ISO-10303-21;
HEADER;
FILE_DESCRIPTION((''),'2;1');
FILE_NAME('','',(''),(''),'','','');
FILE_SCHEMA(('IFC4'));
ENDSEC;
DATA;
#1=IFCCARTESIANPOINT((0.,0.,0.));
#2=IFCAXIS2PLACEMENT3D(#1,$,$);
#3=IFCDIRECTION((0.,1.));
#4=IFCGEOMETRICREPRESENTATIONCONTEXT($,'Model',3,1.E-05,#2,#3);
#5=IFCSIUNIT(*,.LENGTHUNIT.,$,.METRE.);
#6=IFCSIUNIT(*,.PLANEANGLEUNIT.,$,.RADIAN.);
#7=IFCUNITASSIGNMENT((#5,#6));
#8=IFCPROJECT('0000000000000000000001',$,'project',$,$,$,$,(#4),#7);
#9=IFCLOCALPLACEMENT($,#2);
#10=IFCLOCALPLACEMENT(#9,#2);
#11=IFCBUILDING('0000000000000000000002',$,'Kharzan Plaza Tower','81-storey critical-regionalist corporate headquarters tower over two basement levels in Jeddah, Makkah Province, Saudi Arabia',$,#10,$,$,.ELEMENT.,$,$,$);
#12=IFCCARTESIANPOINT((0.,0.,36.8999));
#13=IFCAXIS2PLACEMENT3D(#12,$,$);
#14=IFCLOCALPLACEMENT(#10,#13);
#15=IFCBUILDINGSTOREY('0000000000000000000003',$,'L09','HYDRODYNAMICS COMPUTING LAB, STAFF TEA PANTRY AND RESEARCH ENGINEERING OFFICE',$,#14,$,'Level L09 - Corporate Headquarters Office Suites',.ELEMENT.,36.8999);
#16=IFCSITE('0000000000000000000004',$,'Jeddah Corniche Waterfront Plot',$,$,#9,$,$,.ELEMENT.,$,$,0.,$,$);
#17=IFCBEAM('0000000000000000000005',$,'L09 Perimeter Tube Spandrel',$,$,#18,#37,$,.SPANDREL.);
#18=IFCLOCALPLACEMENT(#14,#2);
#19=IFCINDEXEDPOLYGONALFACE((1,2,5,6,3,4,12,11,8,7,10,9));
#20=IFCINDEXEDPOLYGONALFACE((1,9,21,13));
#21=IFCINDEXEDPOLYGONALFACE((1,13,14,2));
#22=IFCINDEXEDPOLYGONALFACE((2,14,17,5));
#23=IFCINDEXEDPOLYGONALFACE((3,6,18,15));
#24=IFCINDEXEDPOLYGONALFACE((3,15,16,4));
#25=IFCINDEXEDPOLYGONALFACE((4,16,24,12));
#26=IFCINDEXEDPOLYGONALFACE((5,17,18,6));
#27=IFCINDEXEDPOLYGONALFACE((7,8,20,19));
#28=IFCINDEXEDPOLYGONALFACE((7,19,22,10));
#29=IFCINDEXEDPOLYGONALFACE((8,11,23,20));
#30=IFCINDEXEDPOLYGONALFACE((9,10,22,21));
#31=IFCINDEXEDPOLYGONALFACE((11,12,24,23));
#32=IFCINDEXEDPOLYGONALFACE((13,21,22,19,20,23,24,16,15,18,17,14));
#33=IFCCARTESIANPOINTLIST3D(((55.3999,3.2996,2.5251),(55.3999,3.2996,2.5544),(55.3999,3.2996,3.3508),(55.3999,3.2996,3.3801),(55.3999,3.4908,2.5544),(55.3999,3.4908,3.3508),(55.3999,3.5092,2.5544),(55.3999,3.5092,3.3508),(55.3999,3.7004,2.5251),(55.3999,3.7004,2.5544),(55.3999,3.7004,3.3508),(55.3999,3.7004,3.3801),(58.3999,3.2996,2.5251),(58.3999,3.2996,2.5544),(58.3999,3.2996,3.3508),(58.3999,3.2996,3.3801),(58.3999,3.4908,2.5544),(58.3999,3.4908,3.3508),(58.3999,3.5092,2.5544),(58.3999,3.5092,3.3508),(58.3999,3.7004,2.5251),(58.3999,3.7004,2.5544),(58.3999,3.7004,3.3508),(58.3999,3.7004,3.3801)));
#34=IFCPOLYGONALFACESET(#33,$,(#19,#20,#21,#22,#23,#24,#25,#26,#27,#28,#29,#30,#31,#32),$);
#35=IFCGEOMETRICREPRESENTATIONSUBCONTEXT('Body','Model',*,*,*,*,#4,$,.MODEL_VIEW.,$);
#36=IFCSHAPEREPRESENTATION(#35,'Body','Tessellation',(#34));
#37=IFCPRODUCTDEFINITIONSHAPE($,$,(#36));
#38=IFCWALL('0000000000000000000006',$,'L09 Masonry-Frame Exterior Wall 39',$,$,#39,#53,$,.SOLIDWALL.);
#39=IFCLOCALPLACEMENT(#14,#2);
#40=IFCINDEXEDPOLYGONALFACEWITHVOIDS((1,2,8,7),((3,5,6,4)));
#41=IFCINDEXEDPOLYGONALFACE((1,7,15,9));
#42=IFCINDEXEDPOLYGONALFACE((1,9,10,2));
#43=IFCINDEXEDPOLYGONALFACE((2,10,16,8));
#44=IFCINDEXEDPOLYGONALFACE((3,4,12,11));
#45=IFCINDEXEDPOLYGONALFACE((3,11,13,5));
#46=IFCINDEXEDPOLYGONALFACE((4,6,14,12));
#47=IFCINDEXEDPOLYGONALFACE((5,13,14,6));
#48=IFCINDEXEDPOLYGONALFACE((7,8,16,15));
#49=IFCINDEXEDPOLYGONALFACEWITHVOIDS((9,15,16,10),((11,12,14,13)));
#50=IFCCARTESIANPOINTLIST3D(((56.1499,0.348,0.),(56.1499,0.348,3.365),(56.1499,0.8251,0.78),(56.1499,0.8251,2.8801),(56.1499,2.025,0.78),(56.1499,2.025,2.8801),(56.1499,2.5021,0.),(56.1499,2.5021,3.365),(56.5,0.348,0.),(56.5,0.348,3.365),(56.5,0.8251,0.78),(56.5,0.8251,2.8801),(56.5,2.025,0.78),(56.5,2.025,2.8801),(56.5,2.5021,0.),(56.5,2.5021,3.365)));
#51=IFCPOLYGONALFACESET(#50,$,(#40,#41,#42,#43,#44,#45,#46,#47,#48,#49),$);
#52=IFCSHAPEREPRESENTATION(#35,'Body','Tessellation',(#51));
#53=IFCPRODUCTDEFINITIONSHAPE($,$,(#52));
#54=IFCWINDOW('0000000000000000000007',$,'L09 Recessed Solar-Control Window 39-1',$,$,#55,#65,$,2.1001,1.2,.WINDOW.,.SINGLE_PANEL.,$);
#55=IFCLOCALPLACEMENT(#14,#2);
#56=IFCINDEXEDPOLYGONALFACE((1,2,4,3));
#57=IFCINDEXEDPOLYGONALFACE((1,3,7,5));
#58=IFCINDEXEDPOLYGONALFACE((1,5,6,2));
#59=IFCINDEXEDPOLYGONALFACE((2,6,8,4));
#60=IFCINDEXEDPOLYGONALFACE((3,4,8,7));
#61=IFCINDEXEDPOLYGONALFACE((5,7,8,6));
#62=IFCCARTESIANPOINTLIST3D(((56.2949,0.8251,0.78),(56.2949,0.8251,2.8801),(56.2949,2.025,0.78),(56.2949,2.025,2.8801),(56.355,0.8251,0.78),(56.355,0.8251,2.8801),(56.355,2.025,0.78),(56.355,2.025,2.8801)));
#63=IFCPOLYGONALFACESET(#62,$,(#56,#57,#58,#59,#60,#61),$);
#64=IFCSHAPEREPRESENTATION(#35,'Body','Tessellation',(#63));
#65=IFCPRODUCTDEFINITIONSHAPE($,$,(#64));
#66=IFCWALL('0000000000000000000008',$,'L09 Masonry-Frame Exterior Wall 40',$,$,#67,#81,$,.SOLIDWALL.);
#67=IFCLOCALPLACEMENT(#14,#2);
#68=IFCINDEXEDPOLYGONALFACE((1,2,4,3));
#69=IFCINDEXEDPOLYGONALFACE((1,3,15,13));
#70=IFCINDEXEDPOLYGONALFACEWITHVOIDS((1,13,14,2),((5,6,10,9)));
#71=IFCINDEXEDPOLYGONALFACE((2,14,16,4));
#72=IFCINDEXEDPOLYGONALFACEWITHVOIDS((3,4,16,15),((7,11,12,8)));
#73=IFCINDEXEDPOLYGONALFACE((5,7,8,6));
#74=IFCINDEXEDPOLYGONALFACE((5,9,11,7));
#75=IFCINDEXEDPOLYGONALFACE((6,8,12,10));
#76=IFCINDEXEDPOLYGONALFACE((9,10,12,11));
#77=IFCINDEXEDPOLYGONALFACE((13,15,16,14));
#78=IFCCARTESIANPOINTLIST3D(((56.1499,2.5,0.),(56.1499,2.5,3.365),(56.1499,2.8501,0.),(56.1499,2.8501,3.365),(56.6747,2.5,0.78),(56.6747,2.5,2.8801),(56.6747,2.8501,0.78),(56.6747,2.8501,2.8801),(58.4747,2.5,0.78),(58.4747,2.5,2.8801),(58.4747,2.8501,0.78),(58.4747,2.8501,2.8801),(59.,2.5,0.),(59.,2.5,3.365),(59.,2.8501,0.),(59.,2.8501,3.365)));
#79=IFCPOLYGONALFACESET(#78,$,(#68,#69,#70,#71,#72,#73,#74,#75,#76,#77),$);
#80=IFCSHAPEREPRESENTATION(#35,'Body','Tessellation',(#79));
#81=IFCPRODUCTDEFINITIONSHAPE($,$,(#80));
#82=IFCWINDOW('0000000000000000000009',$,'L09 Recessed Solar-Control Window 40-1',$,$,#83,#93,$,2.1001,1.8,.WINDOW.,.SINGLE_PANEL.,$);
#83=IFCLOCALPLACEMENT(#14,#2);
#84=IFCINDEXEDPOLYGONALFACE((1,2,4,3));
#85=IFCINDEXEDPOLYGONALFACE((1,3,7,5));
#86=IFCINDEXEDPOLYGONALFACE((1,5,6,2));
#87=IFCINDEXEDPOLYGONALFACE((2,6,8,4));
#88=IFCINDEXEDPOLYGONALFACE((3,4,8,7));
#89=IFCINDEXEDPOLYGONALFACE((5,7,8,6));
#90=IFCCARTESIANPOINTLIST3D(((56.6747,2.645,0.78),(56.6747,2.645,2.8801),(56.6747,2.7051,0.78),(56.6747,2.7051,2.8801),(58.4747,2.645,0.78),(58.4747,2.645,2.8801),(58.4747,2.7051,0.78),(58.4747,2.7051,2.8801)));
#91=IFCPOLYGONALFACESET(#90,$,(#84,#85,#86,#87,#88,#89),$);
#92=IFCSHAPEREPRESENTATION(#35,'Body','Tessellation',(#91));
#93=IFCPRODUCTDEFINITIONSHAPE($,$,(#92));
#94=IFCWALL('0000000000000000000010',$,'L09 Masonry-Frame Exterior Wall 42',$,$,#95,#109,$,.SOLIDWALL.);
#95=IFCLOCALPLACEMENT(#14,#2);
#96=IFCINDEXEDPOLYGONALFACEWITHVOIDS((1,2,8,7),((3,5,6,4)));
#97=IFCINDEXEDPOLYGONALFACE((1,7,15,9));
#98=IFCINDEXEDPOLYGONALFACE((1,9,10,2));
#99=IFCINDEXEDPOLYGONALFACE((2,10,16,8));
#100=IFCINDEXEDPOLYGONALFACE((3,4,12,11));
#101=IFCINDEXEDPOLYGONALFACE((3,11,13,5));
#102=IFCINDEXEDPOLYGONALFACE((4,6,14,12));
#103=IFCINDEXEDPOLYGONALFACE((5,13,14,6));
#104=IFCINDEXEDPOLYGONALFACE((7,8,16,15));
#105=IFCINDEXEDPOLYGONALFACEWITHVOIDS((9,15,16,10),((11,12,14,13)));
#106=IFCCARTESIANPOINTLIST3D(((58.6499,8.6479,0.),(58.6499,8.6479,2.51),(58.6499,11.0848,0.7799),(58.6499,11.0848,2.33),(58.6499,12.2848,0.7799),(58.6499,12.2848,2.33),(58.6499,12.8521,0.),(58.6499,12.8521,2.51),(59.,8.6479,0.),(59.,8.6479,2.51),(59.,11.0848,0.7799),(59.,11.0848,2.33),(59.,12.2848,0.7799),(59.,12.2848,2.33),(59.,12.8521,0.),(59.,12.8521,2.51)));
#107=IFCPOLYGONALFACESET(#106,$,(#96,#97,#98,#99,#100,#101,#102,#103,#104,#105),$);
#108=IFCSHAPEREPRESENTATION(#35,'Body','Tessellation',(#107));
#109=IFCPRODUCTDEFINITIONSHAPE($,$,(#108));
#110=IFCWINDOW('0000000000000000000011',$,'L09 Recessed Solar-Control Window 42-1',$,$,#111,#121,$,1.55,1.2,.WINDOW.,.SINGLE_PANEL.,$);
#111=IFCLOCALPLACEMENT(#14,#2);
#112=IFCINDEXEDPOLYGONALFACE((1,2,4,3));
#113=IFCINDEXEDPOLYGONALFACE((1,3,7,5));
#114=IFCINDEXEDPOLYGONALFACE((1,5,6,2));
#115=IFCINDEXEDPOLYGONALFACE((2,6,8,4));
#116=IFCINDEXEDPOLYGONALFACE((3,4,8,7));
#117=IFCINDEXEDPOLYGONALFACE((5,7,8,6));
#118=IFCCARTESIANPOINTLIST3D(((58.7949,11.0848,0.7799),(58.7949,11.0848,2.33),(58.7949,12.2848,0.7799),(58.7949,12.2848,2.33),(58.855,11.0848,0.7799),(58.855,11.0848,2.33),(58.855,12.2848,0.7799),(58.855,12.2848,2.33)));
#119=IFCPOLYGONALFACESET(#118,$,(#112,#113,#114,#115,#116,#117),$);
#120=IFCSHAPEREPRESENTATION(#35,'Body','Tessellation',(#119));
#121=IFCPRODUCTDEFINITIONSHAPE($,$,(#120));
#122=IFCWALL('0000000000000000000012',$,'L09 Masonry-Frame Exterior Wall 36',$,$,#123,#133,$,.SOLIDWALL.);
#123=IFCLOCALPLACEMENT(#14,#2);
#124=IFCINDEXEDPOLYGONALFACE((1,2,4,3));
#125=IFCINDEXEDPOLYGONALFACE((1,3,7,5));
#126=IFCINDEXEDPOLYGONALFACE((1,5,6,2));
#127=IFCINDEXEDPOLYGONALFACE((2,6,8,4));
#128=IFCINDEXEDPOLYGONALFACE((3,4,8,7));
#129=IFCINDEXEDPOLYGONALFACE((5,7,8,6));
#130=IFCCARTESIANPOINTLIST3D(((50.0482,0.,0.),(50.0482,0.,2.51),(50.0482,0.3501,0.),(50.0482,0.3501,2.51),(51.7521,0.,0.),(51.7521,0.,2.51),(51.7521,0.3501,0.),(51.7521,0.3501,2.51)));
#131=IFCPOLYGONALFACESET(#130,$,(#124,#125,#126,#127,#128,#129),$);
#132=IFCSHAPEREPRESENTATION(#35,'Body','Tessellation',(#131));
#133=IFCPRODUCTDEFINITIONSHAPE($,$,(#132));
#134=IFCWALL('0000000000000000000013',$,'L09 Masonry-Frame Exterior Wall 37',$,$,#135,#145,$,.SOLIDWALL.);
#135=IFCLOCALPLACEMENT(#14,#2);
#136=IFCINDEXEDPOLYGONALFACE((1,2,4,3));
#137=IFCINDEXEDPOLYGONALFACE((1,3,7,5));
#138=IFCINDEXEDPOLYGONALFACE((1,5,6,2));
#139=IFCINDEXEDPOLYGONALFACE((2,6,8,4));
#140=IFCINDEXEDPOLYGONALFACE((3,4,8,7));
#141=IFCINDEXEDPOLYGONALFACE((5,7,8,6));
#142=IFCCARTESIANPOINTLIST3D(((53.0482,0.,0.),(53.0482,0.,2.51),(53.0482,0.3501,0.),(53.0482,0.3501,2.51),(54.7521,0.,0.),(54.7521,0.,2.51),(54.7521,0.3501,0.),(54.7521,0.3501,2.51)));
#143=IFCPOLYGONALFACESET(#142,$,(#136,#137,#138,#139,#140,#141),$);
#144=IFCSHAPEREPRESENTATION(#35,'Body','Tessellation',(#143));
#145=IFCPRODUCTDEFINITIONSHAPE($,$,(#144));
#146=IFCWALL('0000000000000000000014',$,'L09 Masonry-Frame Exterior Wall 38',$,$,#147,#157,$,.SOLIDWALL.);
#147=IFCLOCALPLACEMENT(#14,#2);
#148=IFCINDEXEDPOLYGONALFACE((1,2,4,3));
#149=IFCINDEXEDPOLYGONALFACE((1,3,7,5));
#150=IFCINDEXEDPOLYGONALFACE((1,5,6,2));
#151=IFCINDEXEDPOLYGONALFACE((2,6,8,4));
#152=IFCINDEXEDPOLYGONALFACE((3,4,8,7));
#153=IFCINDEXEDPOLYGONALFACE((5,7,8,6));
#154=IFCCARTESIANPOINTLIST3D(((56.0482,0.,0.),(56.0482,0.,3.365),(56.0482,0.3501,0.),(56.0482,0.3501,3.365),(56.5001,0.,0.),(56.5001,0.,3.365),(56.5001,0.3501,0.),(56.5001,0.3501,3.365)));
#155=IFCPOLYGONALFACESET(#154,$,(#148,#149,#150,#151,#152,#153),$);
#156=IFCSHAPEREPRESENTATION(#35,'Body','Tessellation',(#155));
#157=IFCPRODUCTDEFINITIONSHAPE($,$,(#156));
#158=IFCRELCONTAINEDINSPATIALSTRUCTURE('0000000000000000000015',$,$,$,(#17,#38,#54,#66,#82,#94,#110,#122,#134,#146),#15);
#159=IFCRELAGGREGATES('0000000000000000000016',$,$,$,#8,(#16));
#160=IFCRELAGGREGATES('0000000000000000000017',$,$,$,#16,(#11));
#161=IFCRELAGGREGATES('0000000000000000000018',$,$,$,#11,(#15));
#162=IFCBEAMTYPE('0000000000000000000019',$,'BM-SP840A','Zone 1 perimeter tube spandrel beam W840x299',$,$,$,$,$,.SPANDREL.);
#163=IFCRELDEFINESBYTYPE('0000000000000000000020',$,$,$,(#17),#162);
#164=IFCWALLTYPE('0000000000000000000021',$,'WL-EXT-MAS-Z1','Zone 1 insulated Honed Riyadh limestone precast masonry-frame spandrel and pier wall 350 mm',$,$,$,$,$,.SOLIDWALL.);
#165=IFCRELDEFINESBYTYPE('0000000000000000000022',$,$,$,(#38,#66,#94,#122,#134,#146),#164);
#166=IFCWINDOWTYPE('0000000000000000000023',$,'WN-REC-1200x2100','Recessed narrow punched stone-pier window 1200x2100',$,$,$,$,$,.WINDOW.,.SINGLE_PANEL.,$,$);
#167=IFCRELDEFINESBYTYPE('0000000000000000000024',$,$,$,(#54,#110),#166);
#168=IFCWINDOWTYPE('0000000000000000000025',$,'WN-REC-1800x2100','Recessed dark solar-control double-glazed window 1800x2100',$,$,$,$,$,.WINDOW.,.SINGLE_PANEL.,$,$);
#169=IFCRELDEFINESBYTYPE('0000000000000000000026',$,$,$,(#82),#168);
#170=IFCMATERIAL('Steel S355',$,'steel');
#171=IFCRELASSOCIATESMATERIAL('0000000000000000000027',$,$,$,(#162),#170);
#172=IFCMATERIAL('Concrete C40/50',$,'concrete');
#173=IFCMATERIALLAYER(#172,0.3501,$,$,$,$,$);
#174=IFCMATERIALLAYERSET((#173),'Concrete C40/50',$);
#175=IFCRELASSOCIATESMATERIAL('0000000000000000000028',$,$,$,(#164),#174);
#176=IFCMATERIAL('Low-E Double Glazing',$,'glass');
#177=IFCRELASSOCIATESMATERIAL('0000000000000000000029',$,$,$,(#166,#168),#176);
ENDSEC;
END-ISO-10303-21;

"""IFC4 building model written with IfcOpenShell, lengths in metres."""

from ifc_helpers import new_model, si_unit, direction, frame, frame_2d, origin, origin_2d, place, context, subcontext, project, spatial, rectangle, i_section, extrude, source, transform, mapped, material, layer, layer_set, material_profile, profile_set, type_object, element, fill, save


model = new_model("IFC4")

# Units and contexts
model_context = context("Model", 3, precision=1e-05, world=origin(), true_north=direction((0.0, 1.0)))
body_context = subcontext(model_context, "Body", "Model", "MODEL_VIEW")
ifc_project = project(units=[si_unit("LENGTHUNIT", "METRE"), si_unit("PLANEANGLEUNIT", "RADIAN")], contexts=[model_context])

# Site, building, storey
site_placement = place(None, origin())
site = spatial("IfcSite", under=ifc_project, at=site_placement, Name="Jeddah Corniche Waterfront Plot", CompositionType="ELEMENT", RefElevation=0.0)
building_placement = place(site_placement, origin())
building = spatial("IfcBuilding", under=site, at=building_placement, Name="Kharzan Plaza Tower", Description="81-storey critical-regionalist corporate headquarters tower over two basement levels in Jeddah, Makkah Province, Saudi Arabia", CompositionType="ELEMENT")
storey_placement = place(building_placement, frame((0.0, 0.0, 36.8999)))
storey = spatial("IfcBuildingStorey", under=building, at=storey_placement, Name="L09", Description="HYDRODYNAMICS COMPUTING LAB, STAFF TEA PANTRY AND RESEARCH ENGINEERING OFFICE", LongName="Level L09 - Corporate Headquarters Office Suites", CompositionType="ELEMENT", Elevation=36.8999)

# Beam
ifc_material_1 = material(Name="Steel S355", Category="steel")
ifc_material_profile_1 = material_profile(ifc_material_1, i_section(OverallWidth=0.4009, OverallDepth=0.855, WebThickness=0.0183, FlangeThickness=0.0293, at=origin_2d()), Name="W840x299")
ifc_profile_set_1 = profile_set([ifc_material_profile_1], Name="Steel S355")
beam_type_1 = type_object("IfcBeamType", Name="BM-SP840A", Description="Zone 1 perimeter tube spandrel beam W840x299", PredefinedType="SPANDREL", material=ifc_profile_set_1)
shared_shape_1 = source(origin(), body_context, "Body", "SweptSolid", [
    extrude(i_section(OverallWidth=0.4009, OverallDepth=0.855, WebThickness=0.0183, FlangeThickness=0.0293, at=origin_2d()), origin(), (0.0, 0.0, 1.0), 3.0),
])
for number, where, z_axis, x_axis, name in (
    (1, (55.3999, 3.5, 2.9526), (1.0, 0.0, 0.0), (0.0, 1.0, 0.0), "L09 Perimeter Tube Spandrel"),
):
    element("IfcBeam", number, at=place(storey_placement, frame(where, z_axis=z_axis, x_axis=x_axis)), inside=storey, type_object=beam_type_1, Name=name, PredefinedType="SPANDREL", context=body_context, shape_type="MappedRepresentation", body=[
        mapped(shared_shape_1, transform((0.0, 0.0, 0.0), x_axis=(1.0, 0.0, 0.0), y_axis=(0.0, 1.0, 0.0), z_axis=(0.0, 0.0, 1.0))),
    ])

# Walls, openings, windows
ifc_material_2 = material(Name="Concrete C40/50", Category="concrete")
ifc_layer = layer(ifc_material_2, 0.3501)
ifc_layer_set = layer_set([ifc_layer], Name="Concrete C40/50")
wall_type = type_object("IfcWallType", Name="WL-EXT-MAS-Z1", Description="Zone 1 insulated Honed Riyadh limestone precast masonry-frame spandrel and pier wall 350 mm", PredefinedType="SOLIDWALL", material=ifc_layer_set)
wall_1_placement = place(storey_placement, frame((56.325, 0.3479, 0.0), z_axis=(0.0, 0.0, 1.0), x_axis=(0.0, 1.0, 0.0)))
wall_1 = element("IfcWall", 2, at=wall_1_placement, inside=storey, type_object=wall_type, Name="L09 Masonry-Frame Exterior Wall 39", PredefinedType="SOLIDWALL", context=body_context, shape_type="SweptSolid", body=[
    extrude(rectangle(XDim=2.1541, YDim=0.3501, at=frame_2d((1.0771, 0.0))), origin(), (0.0, 0.0, 1.0), 3.365),
])
opening_1_placement = place(wall_1_placement, frame((0.4771, 0.0, 0.78)))
opening_1 = element("IfcOpeningElement", 3, at=opening_1_placement, cuts=wall_1, PredefinedType="OPENING", context=body_context, shape_type="SweptSolid", body=[
    extrude(rectangle(XDim=1.2, YDim=2.1001, at=frame_2d((0.6001, 1.05))), frame((0.0, 0.1851, 0.0), z_axis=(0.0, -1.0, 0.0), x_axis=(1.0, 0.0, 0.0)), (0.0, 0.0, 1.0), 0.3701),
])
ifc_material_3 = material(Name="Low-E Double Glazing", Category="glass")
window_type_1 = type_object("IfcWindowType", Name="WN-REC-1200x2100", Description="Recessed narrow punched stone-pier window 1200x2100", PartitioningType="SINGLE_PANEL", PredefinedType="WINDOW", material=ifc_material_3)
shared_shape_2 = source(origin(), body_context, "Body", "SweptSolid", [
    extrude(rectangle(XDim=1.2, YDim=2.1001, at=frame_2d((0.6001, 1.05))), frame((0.0, 0.03, 0.0), z_axis=(0.0, -1.0, 0.0), x_axis=(1.0, 0.0, 0.0)), (0.0, 0.0, 1.0), 0.0601),
])
window_1_placement = place(opening_1_placement, origin())
window_1 = element("IfcWindow", 4, at=window_1_placement, inside=storey, type_object=window_type_1, Name="L09 Recessed Solar-Control Window 39-1", OverallHeight=2.1001, OverallWidth=1.2, PartitioningType="SINGLE_PANEL", PredefinedType="WINDOW", context=body_context, shape_type="MappedRepresentation", body=[
    mapped(shared_shape_2, transform((0.0, 0.0, 0.0), x_axis=(1.0, 0.0, 0.0), y_axis=(0.0, 1.0, 0.0), z_axis=(0.0, 0.0, 1.0))),
])
fill(opening_1, window_1)
wall_2_placement = place(storey_placement, frame((56.1499, 2.675, 0.0), z_axis=(0.0, 0.0, 1.0), x_axis=(1.0, 0.0, 0.0)))
wall_2 = element("IfcWall", 5, at=wall_2_placement, inside=storey, type_object=wall_type, Name="L09 Masonry-Frame Exterior Wall 40", PredefinedType="SOLIDWALL", context=body_context, shape_type="SweptSolid", body=[
    extrude(rectangle(XDim=2.8501, YDim=0.3501, at=frame_2d((1.425, 0.0))), origin(), (0.0, 0.0, 1.0), 3.365),
])
opening_2_placement = place(wall_2_placement, frame((0.5249, 0.0, 0.78)))
opening_2 = element("IfcOpeningElement", 6, at=opening_2_placement, cuts=wall_2, PredefinedType="OPENING", context=body_context, shape_type="SweptSolid", body=[
    extrude(rectangle(XDim=1.8, YDim=2.1001, at=frame_2d((0.8999, 1.05))), frame((0.0, 0.1851, 0.0), z_axis=(0.0, -1.0, 0.0), x_axis=(1.0, 0.0, 0.0)), (0.0, 0.0, 1.0), 0.3701),
])
window_type_2 = type_object("IfcWindowType", Name="WN-REC-1800x2100", Description="Recessed dark solar-control double-glazed window 1800x2100", PartitioningType="SINGLE_PANEL", PredefinedType="WINDOW", material=ifc_material_3)
shared_shape_3 = source(origin(), body_context, "Body", "SweptSolid", [
    extrude(rectangle(XDim=1.8, YDim=2.1001, at=frame_2d((0.8999, 1.05))), frame((0.0, 0.03, 0.0), z_axis=(0.0, -1.0, 0.0), x_axis=(1.0, 0.0, 0.0)), (0.0, 0.0, 1.0), 0.0601),
])
window_2_placement = place(opening_2_placement, origin())
window_2 = element("IfcWindow", 7, at=window_2_placement, inside=storey, type_object=window_type_2, Name="L09 Recessed Solar-Control Window 40-1", OverallHeight=2.1001, OverallWidth=1.8, PartitioningType="SINGLE_PANEL", PredefinedType="WINDOW", context=body_context, shape_type="MappedRepresentation", body=[
    mapped(shared_shape_3, transform((0.0, 0.0, 0.0), x_axis=(1.0, 0.0, 0.0), y_axis=(0.0, 1.0, 0.0), z_axis=(0.0, 0.0, 1.0))),
])
fill(opening_2, window_2)
wall_3_placement = place(storey_placement, frame((58.825, 8.6479, 0.0), z_axis=(0.0, 0.0, 1.0), x_axis=(0.0, 1.0, 0.0)))
wall_3 = element("IfcWall", 8, at=wall_3_placement, inside=storey, type_object=wall_type, Name="L09 Masonry-Frame Exterior Wall 42", PredefinedType="SOLIDWALL", context=body_context, shape_type="SweptSolid", body=[
    extrude(rectangle(XDim=4.2041, YDim=0.3501, at=frame_2d((2.1021, 0.0))), origin(), (0.0, 0.0, 1.0), 2.51),
])
opening_3_placement = place(wall_3_placement, frame((2.4368, 0.0, 0.78)))
opening_3 = element("IfcOpeningElement", 9, at=opening_3_placement, cuts=wall_3, PredefinedType="OPENING", context=body_context, shape_type="SweptSolid", body=[
    extrude(rectangle(XDim=1.2, YDim=1.55, at=frame_2d((0.6001, 0.7749))), frame((0.0, 0.1851, 0.0), z_axis=(0.0, -1.0, 0.0), x_axis=(1.0, 0.0, 0.0)), (0.0, 0.0, 1.0), 0.3701),
])
shared_shape_4 = source(origin(), body_context, "Body", "SweptSolid", [
    extrude(rectangle(XDim=1.2, YDim=1.55, at=frame_2d((0.6001, 0.7749))), frame((0.0, 0.03, 0.0), z_axis=(0.0, -1.0, 0.0), x_axis=(1.0, 0.0, 0.0)), (0.0, 0.0, 1.0), 0.0601),
])
window_3_placement = place(opening_3_placement, origin())
window_3 = element("IfcWindow", 10, at=window_3_placement, inside=storey, type_object=window_type_1, Name="L09 Recessed Solar-Control Window 42-1", OverallHeight=1.55, OverallWidth=1.2, PartitioningType="SINGLE_PANEL", PredefinedType="WINDOW", context=body_context, shape_type="MappedRepresentation", body=[
    mapped(shared_shape_4, transform((0.0, 0.0, 0.0), x_axis=(1.0, 0.0, 0.0), y_axis=(0.0, 1.0, 0.0), z_axis=(0.0, 0.0, 1.0))),
])
fill(opening_3, window_3)

# Walls
shared_shape_5 = source(origin(), body_context, "Body", "SweptSolid", [
    extrude(rectangle(XDim=1.7039, YDim=0.3501, at=frame_2d((0.8521, 0.0))), origin(), (0.0, 0.0, 1.0), 2.51),
])
for number, where, z_axis, x_axis, name in (
    (11, (50.0481, 0.175, 0.0), (0.0, 0.0, 1.0), (1.0, 0.0, 0.0), "L09 Masonry-Frame Exterior Wall 36"),
    (12, (53.0481, 0.175, 0.0), (0.0, 0.0, 1.0), (1.0, 0.0, 0.0), "L09 Masonry-Frame Exterior Wall 37"),
):
    element("IfcWall", number, at=place(storey_placement, frame(where, z_axis=z_axis, x_axis=x_axis)), inside=storey, type_object=wall_type, Name=name, PredefinedType="SOLIDWALL", context=body_context, shape_type="MappedRepresentation", body=[
        mapped(shared_shape_5, transform((0.0, 0.0, 0.0), x_axis=(1.0, 0.0, 0.0), y_axis=(0.0, 1.0, 0.0), z_axis=(0.0, 0.0, 1.0))),
    ])
shared_shape_6 = source(origin(), body_context, "Body", "SweptSolid", [
    extrude(rectangle(XDim=0.4519, YDim=0.3501, at=frame_2d((0.2261, 0.0))), origin(), (0.0, 0.0, 1.0), 3.365),
])
wall_4_placement = place(storey_placement, frame((56.0481, 0.175, 0.0), z_axis=(0.0, 0.0, 1.0), x_axis=(1.0, 0.0, 0.0)))
element("IfcWall", 13, at=wall_4_placement, inside=storey, type_object=wall_type, Name="L09 Masonry-Frame Exterior Wall 38", PredefinedType="SOLIDWALL", context=body_context, shape_type="MappedRepresentation", body=[
    mapped(shared_shape_6, transform((0.0, 0.0, 0.0), x_axis=(1.0, 0.0, 0.0), y_axis=(0.0, 1.0, 0.0), z_axis=(0.0, 0.0, 1.0))),
])

save(model, "model.ifc")
